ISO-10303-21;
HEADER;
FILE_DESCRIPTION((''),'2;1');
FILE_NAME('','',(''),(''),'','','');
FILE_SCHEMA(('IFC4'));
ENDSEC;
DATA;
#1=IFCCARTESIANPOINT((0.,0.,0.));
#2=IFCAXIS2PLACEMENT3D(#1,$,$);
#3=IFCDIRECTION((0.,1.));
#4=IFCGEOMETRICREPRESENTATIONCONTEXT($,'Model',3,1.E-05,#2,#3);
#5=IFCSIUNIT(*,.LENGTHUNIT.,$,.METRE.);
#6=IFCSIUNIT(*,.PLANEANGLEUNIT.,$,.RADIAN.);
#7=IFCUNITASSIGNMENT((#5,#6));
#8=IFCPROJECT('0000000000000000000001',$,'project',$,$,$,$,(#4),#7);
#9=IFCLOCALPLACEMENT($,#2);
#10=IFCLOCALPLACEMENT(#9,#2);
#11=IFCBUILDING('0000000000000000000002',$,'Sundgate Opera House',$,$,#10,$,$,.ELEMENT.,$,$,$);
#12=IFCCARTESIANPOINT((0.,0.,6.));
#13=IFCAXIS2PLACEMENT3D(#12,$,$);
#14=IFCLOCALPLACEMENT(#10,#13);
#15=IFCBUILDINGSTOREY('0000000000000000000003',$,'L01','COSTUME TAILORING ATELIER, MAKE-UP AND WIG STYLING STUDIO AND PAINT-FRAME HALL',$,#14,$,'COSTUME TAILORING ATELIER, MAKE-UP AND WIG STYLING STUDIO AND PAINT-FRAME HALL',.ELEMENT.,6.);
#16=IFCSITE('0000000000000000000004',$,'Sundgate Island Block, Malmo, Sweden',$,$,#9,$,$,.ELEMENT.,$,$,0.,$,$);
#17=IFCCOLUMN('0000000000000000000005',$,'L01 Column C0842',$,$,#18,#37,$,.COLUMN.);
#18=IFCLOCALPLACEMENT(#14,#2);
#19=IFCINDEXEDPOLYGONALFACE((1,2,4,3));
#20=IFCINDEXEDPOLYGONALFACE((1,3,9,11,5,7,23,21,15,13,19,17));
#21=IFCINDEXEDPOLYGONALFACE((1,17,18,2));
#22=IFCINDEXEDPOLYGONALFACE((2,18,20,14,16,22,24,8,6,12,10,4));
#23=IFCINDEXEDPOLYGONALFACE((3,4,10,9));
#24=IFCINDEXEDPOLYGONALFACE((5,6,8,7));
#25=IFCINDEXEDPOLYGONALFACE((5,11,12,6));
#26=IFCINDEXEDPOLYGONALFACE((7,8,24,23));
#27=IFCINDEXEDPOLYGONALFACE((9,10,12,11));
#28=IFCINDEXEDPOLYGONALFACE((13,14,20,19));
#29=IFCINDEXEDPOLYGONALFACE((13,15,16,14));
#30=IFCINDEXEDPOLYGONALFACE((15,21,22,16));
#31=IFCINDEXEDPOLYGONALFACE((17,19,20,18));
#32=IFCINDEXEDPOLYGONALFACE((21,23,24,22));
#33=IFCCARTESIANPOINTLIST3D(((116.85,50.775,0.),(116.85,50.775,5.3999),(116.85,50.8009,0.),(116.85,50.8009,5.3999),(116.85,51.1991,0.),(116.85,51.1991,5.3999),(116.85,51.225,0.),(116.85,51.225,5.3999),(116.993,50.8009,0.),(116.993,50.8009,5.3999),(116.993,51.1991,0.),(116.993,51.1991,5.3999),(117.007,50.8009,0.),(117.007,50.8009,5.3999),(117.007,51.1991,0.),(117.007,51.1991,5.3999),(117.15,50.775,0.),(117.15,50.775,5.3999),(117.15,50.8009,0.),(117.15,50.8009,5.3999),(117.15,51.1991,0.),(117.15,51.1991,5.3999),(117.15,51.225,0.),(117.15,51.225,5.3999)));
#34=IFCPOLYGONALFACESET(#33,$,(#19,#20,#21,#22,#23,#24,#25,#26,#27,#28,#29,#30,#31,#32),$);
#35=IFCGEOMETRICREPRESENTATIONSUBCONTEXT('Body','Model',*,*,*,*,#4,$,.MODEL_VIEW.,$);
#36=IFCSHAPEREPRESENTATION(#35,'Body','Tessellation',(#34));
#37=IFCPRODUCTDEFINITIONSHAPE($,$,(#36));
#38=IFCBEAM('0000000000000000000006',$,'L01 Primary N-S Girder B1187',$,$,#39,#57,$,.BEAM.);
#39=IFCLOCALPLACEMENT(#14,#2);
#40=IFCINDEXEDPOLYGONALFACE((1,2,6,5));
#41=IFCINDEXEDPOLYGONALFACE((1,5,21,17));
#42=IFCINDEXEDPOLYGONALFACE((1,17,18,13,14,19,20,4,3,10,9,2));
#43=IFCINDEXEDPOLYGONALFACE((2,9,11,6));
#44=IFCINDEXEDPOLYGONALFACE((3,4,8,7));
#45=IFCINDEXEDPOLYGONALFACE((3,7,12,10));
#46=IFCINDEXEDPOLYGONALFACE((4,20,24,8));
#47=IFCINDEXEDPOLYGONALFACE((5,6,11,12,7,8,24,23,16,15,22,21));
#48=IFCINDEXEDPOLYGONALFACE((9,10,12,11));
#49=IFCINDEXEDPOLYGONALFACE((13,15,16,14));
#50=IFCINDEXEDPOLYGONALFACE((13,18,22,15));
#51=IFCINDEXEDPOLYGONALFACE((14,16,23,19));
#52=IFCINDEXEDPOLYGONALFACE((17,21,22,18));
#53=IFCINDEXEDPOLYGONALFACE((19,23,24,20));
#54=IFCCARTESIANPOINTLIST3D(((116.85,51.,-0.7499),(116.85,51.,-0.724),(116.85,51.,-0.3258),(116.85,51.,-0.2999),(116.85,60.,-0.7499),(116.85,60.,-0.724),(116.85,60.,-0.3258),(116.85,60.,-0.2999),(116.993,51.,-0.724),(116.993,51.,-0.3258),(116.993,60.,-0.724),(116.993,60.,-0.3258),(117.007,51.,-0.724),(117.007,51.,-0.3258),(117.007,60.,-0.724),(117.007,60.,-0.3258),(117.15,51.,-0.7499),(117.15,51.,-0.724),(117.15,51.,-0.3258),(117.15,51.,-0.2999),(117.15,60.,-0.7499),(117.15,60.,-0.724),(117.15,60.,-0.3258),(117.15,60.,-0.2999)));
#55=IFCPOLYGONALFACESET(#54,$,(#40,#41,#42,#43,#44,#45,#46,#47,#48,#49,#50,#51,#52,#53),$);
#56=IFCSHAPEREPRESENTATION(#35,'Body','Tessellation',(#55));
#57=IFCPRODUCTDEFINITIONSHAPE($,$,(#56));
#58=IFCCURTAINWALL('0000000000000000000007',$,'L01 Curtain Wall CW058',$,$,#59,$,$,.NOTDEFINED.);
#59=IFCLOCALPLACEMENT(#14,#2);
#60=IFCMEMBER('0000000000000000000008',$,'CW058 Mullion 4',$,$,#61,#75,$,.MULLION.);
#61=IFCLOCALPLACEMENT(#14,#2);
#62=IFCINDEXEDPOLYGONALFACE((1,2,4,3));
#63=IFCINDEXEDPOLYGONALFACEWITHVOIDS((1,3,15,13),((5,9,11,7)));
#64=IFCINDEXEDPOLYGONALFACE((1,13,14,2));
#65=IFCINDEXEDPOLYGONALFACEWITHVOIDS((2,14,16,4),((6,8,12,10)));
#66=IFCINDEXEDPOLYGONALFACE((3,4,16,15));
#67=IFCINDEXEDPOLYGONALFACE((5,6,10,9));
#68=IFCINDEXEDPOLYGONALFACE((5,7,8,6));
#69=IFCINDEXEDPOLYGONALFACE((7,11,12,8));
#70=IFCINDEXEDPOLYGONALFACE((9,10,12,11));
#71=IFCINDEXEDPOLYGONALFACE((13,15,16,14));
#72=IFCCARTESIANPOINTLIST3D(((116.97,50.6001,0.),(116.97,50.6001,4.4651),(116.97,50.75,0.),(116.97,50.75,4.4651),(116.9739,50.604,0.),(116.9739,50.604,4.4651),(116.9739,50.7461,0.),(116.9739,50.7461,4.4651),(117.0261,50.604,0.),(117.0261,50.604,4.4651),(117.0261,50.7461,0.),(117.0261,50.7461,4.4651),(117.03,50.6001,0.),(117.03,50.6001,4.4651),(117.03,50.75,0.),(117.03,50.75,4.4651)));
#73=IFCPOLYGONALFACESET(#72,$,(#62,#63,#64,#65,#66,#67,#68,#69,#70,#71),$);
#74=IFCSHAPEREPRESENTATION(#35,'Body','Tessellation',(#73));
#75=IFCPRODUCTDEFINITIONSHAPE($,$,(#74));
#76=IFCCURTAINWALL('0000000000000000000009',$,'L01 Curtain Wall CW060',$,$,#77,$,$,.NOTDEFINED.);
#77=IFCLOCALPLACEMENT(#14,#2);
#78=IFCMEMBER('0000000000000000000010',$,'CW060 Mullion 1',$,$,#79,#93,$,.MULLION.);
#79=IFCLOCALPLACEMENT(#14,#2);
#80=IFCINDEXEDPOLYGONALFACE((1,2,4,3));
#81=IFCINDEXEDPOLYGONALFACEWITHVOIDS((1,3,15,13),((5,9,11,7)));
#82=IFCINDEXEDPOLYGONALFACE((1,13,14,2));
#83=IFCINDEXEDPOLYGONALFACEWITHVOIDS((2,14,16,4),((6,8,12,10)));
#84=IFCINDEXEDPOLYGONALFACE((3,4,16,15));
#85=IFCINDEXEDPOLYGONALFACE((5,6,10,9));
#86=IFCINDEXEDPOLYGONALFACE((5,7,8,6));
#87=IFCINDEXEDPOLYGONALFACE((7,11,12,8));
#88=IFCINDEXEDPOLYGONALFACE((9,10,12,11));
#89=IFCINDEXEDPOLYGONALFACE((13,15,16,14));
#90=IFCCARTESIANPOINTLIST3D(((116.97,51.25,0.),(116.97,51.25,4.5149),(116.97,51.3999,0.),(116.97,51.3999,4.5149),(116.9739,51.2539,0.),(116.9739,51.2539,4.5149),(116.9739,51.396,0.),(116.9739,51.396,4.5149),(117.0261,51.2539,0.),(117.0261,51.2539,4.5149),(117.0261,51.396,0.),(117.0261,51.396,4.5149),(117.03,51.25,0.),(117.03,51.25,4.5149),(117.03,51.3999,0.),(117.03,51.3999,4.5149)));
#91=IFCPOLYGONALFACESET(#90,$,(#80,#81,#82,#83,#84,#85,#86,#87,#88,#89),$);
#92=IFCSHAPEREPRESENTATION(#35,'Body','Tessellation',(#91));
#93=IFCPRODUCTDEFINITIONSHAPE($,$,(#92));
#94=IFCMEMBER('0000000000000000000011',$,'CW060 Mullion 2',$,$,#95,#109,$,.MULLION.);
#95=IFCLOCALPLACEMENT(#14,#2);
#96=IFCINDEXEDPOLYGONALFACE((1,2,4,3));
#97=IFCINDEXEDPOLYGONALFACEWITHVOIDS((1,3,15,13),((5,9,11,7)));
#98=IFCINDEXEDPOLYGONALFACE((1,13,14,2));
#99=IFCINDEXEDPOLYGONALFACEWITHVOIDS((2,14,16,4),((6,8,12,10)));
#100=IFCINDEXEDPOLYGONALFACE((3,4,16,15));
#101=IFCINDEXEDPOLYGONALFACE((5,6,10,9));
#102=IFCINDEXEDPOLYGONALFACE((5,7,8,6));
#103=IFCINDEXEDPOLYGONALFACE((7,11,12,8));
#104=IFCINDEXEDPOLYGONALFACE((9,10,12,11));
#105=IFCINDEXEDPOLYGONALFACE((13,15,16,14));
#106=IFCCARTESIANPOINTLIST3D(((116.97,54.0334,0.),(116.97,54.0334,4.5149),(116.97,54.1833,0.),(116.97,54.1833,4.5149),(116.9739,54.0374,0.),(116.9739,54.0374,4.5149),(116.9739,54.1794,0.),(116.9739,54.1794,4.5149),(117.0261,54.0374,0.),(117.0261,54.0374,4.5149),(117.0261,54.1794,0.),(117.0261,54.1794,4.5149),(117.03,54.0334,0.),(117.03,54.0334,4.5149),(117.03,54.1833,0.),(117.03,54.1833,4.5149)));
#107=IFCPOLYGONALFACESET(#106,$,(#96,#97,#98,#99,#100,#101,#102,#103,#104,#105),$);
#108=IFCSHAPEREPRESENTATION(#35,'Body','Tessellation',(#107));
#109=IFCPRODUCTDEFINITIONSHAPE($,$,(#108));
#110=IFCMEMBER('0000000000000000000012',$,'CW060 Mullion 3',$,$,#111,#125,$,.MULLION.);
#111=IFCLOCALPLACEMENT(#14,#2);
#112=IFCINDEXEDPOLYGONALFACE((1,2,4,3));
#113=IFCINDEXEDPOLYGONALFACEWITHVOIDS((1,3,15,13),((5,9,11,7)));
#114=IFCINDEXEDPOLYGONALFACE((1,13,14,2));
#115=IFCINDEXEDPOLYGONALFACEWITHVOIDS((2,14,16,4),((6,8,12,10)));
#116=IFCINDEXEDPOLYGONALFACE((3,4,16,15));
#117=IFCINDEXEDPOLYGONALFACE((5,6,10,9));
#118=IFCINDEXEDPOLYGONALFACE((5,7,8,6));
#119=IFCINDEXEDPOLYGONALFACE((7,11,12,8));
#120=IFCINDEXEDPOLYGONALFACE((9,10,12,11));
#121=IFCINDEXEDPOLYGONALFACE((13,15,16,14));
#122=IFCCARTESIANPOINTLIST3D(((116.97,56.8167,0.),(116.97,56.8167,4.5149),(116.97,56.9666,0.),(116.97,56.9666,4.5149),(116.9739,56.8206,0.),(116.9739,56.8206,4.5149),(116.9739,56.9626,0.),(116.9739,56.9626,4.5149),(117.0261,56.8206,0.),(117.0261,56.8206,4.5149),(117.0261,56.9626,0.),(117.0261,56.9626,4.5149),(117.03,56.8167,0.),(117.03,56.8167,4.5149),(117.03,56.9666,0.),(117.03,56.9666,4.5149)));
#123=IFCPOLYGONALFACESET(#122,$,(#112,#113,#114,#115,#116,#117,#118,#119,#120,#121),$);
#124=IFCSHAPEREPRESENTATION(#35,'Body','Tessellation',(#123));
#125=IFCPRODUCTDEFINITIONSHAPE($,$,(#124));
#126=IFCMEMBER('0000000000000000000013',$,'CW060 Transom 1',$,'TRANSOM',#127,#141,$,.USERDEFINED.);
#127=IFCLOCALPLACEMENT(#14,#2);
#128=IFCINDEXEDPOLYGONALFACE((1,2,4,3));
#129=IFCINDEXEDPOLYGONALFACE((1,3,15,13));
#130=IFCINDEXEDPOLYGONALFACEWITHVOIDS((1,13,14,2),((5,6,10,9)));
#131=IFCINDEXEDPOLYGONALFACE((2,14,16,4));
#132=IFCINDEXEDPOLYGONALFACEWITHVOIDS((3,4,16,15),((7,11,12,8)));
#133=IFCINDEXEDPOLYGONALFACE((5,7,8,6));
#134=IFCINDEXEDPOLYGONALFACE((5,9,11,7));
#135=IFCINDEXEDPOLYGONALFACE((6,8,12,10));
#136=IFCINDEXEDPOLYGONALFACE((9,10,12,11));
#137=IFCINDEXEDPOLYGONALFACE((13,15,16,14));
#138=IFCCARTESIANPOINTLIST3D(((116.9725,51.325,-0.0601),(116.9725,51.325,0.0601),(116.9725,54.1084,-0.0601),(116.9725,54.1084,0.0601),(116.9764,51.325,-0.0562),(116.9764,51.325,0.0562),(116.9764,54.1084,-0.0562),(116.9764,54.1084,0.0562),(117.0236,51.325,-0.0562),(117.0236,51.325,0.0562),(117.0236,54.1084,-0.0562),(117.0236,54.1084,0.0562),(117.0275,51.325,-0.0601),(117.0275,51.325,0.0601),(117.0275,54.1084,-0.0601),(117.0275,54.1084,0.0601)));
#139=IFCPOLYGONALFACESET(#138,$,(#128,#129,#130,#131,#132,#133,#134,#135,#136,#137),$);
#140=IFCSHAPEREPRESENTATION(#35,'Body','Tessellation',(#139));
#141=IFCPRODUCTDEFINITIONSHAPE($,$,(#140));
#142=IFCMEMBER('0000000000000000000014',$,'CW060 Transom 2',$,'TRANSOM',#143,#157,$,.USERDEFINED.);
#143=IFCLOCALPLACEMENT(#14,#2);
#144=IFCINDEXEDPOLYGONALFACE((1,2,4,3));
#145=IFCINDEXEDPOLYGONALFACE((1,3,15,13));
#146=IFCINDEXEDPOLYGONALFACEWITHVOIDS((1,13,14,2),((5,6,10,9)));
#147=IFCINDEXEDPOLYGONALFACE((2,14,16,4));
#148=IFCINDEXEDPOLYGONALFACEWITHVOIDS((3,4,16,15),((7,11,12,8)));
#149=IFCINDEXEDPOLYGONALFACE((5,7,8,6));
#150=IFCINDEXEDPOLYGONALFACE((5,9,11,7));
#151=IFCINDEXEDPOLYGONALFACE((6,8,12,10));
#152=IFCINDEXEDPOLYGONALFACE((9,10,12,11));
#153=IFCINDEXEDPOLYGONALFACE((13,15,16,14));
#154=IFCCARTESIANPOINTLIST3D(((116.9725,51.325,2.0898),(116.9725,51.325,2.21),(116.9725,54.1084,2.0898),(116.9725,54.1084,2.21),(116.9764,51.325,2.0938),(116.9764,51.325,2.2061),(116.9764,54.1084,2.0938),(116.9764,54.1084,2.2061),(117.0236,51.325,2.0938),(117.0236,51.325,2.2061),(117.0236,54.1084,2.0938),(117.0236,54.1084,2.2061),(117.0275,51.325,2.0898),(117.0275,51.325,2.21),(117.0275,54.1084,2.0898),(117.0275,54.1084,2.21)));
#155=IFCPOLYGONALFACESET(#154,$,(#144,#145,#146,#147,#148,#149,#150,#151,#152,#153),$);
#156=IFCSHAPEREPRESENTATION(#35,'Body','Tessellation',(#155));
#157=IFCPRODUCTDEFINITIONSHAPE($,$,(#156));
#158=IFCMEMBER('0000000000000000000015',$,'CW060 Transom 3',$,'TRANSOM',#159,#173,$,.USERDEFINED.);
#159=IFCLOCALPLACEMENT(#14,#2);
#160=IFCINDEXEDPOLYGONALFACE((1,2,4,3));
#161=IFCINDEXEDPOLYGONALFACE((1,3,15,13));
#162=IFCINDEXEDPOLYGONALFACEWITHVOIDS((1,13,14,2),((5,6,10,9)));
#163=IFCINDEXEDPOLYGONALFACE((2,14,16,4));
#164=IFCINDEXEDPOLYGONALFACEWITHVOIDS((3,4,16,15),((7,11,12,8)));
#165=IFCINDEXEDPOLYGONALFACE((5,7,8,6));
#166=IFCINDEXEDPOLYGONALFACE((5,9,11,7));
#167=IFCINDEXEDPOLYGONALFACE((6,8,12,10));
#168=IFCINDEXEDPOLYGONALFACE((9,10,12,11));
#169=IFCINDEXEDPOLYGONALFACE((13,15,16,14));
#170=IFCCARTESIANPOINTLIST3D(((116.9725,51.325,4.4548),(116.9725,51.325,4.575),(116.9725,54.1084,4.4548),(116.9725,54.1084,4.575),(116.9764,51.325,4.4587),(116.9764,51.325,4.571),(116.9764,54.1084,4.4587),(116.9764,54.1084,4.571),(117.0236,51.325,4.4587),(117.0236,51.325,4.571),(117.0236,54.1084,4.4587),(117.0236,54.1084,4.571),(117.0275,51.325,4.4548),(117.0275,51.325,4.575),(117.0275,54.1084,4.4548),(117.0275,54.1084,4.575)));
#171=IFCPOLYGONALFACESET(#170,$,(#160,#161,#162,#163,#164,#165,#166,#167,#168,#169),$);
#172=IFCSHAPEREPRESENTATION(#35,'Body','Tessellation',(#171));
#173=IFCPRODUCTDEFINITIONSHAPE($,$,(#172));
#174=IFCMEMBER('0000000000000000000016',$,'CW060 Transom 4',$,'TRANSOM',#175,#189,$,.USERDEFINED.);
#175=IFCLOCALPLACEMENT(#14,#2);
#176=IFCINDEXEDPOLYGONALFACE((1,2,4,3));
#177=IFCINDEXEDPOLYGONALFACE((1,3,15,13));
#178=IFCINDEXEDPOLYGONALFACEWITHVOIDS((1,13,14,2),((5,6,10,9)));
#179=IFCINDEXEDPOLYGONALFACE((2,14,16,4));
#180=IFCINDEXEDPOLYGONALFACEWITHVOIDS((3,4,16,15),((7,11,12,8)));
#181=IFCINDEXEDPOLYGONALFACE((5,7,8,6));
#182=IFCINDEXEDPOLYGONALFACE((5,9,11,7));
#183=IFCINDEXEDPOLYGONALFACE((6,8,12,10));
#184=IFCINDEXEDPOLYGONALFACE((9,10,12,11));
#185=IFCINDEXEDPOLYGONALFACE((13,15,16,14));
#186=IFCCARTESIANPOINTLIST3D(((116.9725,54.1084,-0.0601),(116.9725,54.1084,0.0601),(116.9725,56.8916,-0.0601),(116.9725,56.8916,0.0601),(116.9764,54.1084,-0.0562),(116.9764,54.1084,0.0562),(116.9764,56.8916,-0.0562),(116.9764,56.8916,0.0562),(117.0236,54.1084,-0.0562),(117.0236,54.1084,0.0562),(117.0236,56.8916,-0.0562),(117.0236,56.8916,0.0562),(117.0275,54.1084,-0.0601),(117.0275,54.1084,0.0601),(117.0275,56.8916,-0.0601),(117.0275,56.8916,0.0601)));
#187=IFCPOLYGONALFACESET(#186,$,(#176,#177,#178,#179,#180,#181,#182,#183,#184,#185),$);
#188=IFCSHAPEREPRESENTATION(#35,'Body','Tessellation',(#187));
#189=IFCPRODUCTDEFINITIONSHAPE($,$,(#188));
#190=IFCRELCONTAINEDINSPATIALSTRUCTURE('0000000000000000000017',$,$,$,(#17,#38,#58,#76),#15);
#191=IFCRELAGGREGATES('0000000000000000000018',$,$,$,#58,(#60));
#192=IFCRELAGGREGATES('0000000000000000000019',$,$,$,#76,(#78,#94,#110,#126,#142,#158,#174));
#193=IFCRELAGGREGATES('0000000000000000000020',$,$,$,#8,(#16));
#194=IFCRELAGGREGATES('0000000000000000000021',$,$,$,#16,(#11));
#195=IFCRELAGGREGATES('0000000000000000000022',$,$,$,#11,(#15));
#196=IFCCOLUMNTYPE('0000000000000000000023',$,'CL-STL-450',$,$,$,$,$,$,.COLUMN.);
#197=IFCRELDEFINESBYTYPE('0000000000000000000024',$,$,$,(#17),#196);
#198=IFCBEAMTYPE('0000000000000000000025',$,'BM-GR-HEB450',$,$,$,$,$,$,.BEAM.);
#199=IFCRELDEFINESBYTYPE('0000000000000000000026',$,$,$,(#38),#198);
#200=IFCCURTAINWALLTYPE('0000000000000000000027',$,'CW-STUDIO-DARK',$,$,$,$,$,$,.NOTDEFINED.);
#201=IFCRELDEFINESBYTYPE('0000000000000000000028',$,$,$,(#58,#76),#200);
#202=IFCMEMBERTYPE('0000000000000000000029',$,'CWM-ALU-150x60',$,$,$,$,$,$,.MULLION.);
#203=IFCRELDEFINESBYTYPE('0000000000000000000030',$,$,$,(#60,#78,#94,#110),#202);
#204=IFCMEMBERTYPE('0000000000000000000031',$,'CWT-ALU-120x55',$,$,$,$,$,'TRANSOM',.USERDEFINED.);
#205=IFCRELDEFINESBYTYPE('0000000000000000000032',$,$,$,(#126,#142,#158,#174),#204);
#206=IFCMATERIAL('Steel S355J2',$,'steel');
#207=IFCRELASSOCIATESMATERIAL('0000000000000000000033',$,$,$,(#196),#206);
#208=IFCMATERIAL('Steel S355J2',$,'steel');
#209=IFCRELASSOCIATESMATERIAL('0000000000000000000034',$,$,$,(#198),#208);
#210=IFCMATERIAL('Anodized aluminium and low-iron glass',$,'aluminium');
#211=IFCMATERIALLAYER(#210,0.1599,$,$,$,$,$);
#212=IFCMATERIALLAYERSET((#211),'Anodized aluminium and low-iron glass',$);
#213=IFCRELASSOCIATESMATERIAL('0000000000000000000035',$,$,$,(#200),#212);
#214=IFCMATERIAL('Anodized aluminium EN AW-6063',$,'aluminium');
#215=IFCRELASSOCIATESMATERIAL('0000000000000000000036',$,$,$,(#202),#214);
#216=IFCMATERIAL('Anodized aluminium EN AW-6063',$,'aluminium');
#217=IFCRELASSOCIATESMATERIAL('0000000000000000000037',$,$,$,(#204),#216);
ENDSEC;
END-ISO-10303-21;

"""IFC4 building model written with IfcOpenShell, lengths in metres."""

from ifc_helpers import new_model, si_unit, direction, frame, origin, origin_2d, place, context, subcontext, project, spatial, hollow_rectangle, i_section, extrude, material, layer, layer_set, material_profile, profile_set, type_object, element, aggregate, save


model = new_model("IFC4")

# Units and contexts
model_context = context("Model", 3, precision=1e-05, world=origin(), true_north=direction((0.0, 1.0)))
body_context = subcontext(model_context, "Body", "Model", "MODEL_VIEW")
ifc_project = project(units=[si_unit("LENGTHUNIT", "METRE"), si_unit("PLANEANGLEUNIT", "RADIAN")], contexts=[model_context])

# Site, building, storey
site_placement = place(None, origin())
site = spatial("IfcSite", under=ifc_project, at=site_placement, Name="Sundgate Island Block, Malmo, Sweden", CompositionType="ELEMENT", RefElevation=0.0)
building_placement = place(site_placement, origin())
building = spatial("IfcBuilding", under=site, at=building_placement, Name="Sundgate Opera House", CompositionType="ELEMENT")
storey_placement = place(building_placement, frame((0.0, 0.0, 6.0)))
storey = spatial("IfcBuildingStorey", under=building, at=storey_placement, Name="L01", Description="COSTUME TAILORING ATELIER, MAKE-UP AND WIG STYLING STUDIO AND PAINT-FRAME HALL", LongName="COSTUME TAILORING ATELIER, MAKE-UP AND WIG STYLING STUDIO AND PAINT-FRAME HALL", CompositionType="ELEMENT", Elevation=6.0)

# Column
ifc_material_1 = material(Name="Steel S355J2", Category="steel")
ifc_material_profile_1 = material_profile(ifc_material_1, i_section(OverallWidth=0.3, OverallDepth=0.45, WebThickness=0.0139, FlangeThickness=0.0259, at=origin_2d()), Name="HEB 450")
ifc_profile_set_1 = profile_set([ifc_material_profile_1], Name="Steel S355J2")
column_type = type_object("IfcColumnType", Name="CL-STL-450", PredefinedType="COLUMN", material=ifc_profile_set_1)
column_placement = place(storey_placement, frame((117.0, 51.0, 0.0), z_axis=(0.0, 0.0, 1.0), x_axis=(1.0, 0.0, 0.0)))
element("IfcColumn", 1, at=column_placement, inside=storey, type_object=column_type, Name="L01 Column C0842", PredefinedType="COLUMN", context=body_context, shape_type="SweptSolid", body=[
    extrude(i_section(OverallWidth=0.3, OverallDepth=0.45, WebThickness=0.0139, FlangeThickness=0.0259, at=origin_2d()), origin(), (0.0, 0.0, 1.0), 5.3999),
])

# Beam
ifc_material_2 = material(Name="Steel S355J2", Category="steel")
ifc_material_profile_2 = material_profile(ifc_material_2, i_section(OverallWidth=0.3, OverallDepth=0.45, WebThickness=0.0139, FlangeThickness=0.0259, at=origin_2d()), Name="HEB 450")
ifc_profile_set_2 = profile_set([ifc_material_profile_2], Name="Steel S355J2")
beam_type = type_object("IfcBeamType", Name="BM-GR-HEB450", PredefinedType="BEAM", material=ifc_profile_set_2)
beam_placement = place(storey_placement, frame((117.0, 51.0, -0.5249), z_axis=(0.0, 1.0, 0.0), x_axis=(-1.0, 0.0, 0.0)))
element("IfcBeam", 2, at=beam_placement, inside=storey, type_object=beam_type, Name="L01 Primary N-S Girder B1187", PredefinedType="BEAM", context=body_context, shape_type="SweptSolid", body=[
    extrude(i_section(OverallWidth=0.3, OverallDepth=0.45, WebThickness=0.0139, FlangeThickness=0.0259, at=origin_2d()), origin(), (0.0, 0.0, 1.0), 9.0),
])

# Curtain wall, member
ifc_material_3 = material(Name="Anodized aluminium and low-iron glass", Category="aluminium")
ifc_layer_1 = layer(ifc_material_3, 0.1599)
ifc_layer_set_1 = layer_set([ifc_layer_1], Name="Anodized aluminium and low-iron glass")
curtain_wall_type = type_object("IfcCurtainWallType", Name="CW-STUDIO-DARK", PredefinedType="NOTDEFINED", material=ifc_layer_set_1)
curtain_wall_1_placement = place(storey_placement, origin())
curtain_wall_1 = element("IfcCurtainWall", 3, at=curtain_wall_1_placement, inside=storey, type_object=curtain_wall_type, Name="L01 Curtain Wall CW058", PredefinedType="NOTDEFINED")
ifc_material_4 = material(Name="Anodized aluminium EN AW-6063", Category="aluminium")
ifc_material_profile_3 = material_profile(ifc_material_4, hollow_rectangle(XDim=0.0601, YDim=0.1499, WallThickness=0.0039, at=origin_2d()), Name="CWM 150x60x4")
ifc_profile_set_3 = profile_set([ifc_material_profile_3], Name="Anodized aluminium EN AW-6063")
member_type_1 = type_object("IfcMemberType", Name="CWM-ALU-150x60", PredefinedType="MULLION", material=ifc_profile_set_3)
member_1_placement = place(storey_placement, frame((117.0, 50.675, 0.0), z_axis=(0.0, 0.0, 1.0), x_axis=(1.0, 0.0, 0.0)))
member_1 = element("IfcMember", 4, at=member_1_placement, type_object=member_type_1, Name="CW058 Mullion 4", PredefinedType="MULLION", context=body_context, shape_type="SweptSolid", body=[
    extrude(hollow_rectangle(XDim=0.0601, YDim=0.1499, WallThickness=0.0039, at=origin_2d()), origin(), (0.0, 0.0, 1.0), 4.4651),
])

# Curtain wall, members
curtain_wall_2_placement = place(storey_placement, origin())
curtain_wall_2 = element("IfcCurtainWall", 5, at=curtain_wall_2_placement, inside=storey, type_object=curtain_wall_type, Name="L01 Curtain Wall CW060", PredefinedType="NOTDEFINED")
member_2_placement = place(storey_placement, frame((117.0, 51.325, 0.0), z_axis=(0.0, 0.0, 1.0), x_axis=(1.0, 0.0, 0.0)))
member_2 = element("IfcMember", 6, at=member_2_placement, type_object=member_type_1, Name="CW060 Mullion 1", PredefinedType="MULLION", context=body_context, shape_type="SweptSolid", body=[
    extrude(hollow_rectangle(XDim=0.0601, YDim=0.1499, WallThickness=0.0039, at=origin_2d()), origin(), (0.0, 0.0, 1.0), 4.5149),
])
member_3_placement = place(storey_placement, frame((117.0, 54.1084, 0.0), z_axis=(0.0, 0.0, 1.0), x_axis=(1.0, 0.0, 0.0)))
member_3 = element("IfcMember", 7, at=member_3_placement, type_object=member_type_1, Name="CW060 Mullion 2", PredefinedType="MULLION", context=body_context, shape_type="SweptSolid", body=[
    extrude(hollow_rectangle(XDim=0.0601, YDim=0.1499, WallThickness=0.0039, at=origin_2d()), origin(), (0.0, 0.0, 1.0), 4.5149),
])
member_4_placement = place(storey_placement, frame((117.0, 56.8916, 0.0), z_axis=(0.0, 0.0, 1.0), x_axis=(1.0, 0.0, 0.0)))
member_4 = element("IfcMember", 8, at=member_4_placement, type_object=member_type_1, Name="CW060 Mullion 3", PredefinedType="MULLION", context=body_context, shape_type="SweptSolid", body=[
    extrude(hollow_rectangle(XDim=0.0601, YDim=0.1499, WallThickness=0.0039, at=origin_2d()), origin(), (0.0, 0.0, 1.0), 4.5149),
])
ifc_material_5 = material(Name="Anodized aluminium EN AW-6063", Category="aluminium")
ifc_material_profile_4 = material_profile(ifc_material_5, hollow_rectangle(XDim=0.0549, YDim=0.1201, WallThickness=0.0039, at=origin_2d()), Name="CWT 120x55x4")
ifc_profile_set_4 = profile_set([ifc_material_profile_4], Name="Anodized aluminium EN AW-6063")
member_type_2 = type_object("IfcMemberType", Name="CWT-ALU-120x55", ElementType="TRANSOM", PredefinedType="USERDEFINED", material=ifc_profile_set_4)
member_5_placement = place(storey_placement, frame((117.0, 51.325, 0.0), z_axis=(0.0, 1.0, 0.0), x_axis=(-1.0, 0.0, 0.0)))
member_5 = element("IfcMember", 9, at=member_5_placement, type_object=member_type_2, Name="CW060 Transom 1", ObjectType="TRANSOM", PredefinedType="USERDEFINED", context=body_context, shape_type="SweptSolid", body=[
    extrude(hollow_rectangle(XDim=0.0549, YDim=0.1201, WallThickness=0.0039, at=origin_2d()), origin(), (0.0, 0.0, 1.0), 2.7834),
])
member_6_placement = place(storey_placement, frame((117.0, 51.325, 2.1499), z_axis=(0.0, 1.0, 0.0), x_axis=(-1.0, 0.0, 0.0)))
member_6 = element("IfcMember", 10, at=member_6_placement, type_object=member_type_2, Name="CW060 Transom 2", ObjectType="TRANSOM", PredefinedType="USERDEFINED", context=body_context, shape_type="SweptSolid", body=[
    extrude(hollow_rectangle(XDim=0.0549, YDim=0.1201, WallThickness=0.0039, at=origin_2d()), origin(), (0.0, 0.0, 1.0), 2.7834),
])
member_7_placement = place(storey_placement, frame((117.0, 51.325, 4.5149), z_axis=(0.0, 1.0, 0.0), x_axis=(-1.0, 0.0, 0.0)))
member_7 = element("IfcMember", 11, at=member_7_placement, type_object=member_type_2, Name="CW060 Transom 3", ObjectType="TRANSOM", PredefinedType="USERDEFINED", context=body_context, shape_type="SweptSolid", body=[
    extrude(hollow_rectangle(XDim=0.0549, YDim=0.1201, WallThickness=0.0039, at=origin_2d()), origin(), (0.0, 0.0, 1.0), 2.7834),
])
member_8_placement = place(storey_placement, frame((117.0, 54.1084, 0.0), z_axis=(0.0, 1.0, 0.0), x_axis=(-1.0, 0.0, 0.0)))
member_8 = element("IfcMember", 12, at=member_8_placement, type_object=member_type_2, Name="CW060 Transom 4", ObjectType="TRANSOM", PredefinedType="USERDEFINED", context=body_context, shape_type="SweptSolid", body=[
    extrude(hollow_rectangle(XDim=0.0549, YDim=0.1201, WallThickness=0.0039, at=origin_2d()), origin(), (0.0, 0.0, 1.0), 2.7832),
])

aggregate(curtain_wall_1, [member_1])
aggregate(curtain_wall_2, [member_2, member_3, member_4, member_5, member_6, member_7, member_8])

save(model, "model.ifc")
